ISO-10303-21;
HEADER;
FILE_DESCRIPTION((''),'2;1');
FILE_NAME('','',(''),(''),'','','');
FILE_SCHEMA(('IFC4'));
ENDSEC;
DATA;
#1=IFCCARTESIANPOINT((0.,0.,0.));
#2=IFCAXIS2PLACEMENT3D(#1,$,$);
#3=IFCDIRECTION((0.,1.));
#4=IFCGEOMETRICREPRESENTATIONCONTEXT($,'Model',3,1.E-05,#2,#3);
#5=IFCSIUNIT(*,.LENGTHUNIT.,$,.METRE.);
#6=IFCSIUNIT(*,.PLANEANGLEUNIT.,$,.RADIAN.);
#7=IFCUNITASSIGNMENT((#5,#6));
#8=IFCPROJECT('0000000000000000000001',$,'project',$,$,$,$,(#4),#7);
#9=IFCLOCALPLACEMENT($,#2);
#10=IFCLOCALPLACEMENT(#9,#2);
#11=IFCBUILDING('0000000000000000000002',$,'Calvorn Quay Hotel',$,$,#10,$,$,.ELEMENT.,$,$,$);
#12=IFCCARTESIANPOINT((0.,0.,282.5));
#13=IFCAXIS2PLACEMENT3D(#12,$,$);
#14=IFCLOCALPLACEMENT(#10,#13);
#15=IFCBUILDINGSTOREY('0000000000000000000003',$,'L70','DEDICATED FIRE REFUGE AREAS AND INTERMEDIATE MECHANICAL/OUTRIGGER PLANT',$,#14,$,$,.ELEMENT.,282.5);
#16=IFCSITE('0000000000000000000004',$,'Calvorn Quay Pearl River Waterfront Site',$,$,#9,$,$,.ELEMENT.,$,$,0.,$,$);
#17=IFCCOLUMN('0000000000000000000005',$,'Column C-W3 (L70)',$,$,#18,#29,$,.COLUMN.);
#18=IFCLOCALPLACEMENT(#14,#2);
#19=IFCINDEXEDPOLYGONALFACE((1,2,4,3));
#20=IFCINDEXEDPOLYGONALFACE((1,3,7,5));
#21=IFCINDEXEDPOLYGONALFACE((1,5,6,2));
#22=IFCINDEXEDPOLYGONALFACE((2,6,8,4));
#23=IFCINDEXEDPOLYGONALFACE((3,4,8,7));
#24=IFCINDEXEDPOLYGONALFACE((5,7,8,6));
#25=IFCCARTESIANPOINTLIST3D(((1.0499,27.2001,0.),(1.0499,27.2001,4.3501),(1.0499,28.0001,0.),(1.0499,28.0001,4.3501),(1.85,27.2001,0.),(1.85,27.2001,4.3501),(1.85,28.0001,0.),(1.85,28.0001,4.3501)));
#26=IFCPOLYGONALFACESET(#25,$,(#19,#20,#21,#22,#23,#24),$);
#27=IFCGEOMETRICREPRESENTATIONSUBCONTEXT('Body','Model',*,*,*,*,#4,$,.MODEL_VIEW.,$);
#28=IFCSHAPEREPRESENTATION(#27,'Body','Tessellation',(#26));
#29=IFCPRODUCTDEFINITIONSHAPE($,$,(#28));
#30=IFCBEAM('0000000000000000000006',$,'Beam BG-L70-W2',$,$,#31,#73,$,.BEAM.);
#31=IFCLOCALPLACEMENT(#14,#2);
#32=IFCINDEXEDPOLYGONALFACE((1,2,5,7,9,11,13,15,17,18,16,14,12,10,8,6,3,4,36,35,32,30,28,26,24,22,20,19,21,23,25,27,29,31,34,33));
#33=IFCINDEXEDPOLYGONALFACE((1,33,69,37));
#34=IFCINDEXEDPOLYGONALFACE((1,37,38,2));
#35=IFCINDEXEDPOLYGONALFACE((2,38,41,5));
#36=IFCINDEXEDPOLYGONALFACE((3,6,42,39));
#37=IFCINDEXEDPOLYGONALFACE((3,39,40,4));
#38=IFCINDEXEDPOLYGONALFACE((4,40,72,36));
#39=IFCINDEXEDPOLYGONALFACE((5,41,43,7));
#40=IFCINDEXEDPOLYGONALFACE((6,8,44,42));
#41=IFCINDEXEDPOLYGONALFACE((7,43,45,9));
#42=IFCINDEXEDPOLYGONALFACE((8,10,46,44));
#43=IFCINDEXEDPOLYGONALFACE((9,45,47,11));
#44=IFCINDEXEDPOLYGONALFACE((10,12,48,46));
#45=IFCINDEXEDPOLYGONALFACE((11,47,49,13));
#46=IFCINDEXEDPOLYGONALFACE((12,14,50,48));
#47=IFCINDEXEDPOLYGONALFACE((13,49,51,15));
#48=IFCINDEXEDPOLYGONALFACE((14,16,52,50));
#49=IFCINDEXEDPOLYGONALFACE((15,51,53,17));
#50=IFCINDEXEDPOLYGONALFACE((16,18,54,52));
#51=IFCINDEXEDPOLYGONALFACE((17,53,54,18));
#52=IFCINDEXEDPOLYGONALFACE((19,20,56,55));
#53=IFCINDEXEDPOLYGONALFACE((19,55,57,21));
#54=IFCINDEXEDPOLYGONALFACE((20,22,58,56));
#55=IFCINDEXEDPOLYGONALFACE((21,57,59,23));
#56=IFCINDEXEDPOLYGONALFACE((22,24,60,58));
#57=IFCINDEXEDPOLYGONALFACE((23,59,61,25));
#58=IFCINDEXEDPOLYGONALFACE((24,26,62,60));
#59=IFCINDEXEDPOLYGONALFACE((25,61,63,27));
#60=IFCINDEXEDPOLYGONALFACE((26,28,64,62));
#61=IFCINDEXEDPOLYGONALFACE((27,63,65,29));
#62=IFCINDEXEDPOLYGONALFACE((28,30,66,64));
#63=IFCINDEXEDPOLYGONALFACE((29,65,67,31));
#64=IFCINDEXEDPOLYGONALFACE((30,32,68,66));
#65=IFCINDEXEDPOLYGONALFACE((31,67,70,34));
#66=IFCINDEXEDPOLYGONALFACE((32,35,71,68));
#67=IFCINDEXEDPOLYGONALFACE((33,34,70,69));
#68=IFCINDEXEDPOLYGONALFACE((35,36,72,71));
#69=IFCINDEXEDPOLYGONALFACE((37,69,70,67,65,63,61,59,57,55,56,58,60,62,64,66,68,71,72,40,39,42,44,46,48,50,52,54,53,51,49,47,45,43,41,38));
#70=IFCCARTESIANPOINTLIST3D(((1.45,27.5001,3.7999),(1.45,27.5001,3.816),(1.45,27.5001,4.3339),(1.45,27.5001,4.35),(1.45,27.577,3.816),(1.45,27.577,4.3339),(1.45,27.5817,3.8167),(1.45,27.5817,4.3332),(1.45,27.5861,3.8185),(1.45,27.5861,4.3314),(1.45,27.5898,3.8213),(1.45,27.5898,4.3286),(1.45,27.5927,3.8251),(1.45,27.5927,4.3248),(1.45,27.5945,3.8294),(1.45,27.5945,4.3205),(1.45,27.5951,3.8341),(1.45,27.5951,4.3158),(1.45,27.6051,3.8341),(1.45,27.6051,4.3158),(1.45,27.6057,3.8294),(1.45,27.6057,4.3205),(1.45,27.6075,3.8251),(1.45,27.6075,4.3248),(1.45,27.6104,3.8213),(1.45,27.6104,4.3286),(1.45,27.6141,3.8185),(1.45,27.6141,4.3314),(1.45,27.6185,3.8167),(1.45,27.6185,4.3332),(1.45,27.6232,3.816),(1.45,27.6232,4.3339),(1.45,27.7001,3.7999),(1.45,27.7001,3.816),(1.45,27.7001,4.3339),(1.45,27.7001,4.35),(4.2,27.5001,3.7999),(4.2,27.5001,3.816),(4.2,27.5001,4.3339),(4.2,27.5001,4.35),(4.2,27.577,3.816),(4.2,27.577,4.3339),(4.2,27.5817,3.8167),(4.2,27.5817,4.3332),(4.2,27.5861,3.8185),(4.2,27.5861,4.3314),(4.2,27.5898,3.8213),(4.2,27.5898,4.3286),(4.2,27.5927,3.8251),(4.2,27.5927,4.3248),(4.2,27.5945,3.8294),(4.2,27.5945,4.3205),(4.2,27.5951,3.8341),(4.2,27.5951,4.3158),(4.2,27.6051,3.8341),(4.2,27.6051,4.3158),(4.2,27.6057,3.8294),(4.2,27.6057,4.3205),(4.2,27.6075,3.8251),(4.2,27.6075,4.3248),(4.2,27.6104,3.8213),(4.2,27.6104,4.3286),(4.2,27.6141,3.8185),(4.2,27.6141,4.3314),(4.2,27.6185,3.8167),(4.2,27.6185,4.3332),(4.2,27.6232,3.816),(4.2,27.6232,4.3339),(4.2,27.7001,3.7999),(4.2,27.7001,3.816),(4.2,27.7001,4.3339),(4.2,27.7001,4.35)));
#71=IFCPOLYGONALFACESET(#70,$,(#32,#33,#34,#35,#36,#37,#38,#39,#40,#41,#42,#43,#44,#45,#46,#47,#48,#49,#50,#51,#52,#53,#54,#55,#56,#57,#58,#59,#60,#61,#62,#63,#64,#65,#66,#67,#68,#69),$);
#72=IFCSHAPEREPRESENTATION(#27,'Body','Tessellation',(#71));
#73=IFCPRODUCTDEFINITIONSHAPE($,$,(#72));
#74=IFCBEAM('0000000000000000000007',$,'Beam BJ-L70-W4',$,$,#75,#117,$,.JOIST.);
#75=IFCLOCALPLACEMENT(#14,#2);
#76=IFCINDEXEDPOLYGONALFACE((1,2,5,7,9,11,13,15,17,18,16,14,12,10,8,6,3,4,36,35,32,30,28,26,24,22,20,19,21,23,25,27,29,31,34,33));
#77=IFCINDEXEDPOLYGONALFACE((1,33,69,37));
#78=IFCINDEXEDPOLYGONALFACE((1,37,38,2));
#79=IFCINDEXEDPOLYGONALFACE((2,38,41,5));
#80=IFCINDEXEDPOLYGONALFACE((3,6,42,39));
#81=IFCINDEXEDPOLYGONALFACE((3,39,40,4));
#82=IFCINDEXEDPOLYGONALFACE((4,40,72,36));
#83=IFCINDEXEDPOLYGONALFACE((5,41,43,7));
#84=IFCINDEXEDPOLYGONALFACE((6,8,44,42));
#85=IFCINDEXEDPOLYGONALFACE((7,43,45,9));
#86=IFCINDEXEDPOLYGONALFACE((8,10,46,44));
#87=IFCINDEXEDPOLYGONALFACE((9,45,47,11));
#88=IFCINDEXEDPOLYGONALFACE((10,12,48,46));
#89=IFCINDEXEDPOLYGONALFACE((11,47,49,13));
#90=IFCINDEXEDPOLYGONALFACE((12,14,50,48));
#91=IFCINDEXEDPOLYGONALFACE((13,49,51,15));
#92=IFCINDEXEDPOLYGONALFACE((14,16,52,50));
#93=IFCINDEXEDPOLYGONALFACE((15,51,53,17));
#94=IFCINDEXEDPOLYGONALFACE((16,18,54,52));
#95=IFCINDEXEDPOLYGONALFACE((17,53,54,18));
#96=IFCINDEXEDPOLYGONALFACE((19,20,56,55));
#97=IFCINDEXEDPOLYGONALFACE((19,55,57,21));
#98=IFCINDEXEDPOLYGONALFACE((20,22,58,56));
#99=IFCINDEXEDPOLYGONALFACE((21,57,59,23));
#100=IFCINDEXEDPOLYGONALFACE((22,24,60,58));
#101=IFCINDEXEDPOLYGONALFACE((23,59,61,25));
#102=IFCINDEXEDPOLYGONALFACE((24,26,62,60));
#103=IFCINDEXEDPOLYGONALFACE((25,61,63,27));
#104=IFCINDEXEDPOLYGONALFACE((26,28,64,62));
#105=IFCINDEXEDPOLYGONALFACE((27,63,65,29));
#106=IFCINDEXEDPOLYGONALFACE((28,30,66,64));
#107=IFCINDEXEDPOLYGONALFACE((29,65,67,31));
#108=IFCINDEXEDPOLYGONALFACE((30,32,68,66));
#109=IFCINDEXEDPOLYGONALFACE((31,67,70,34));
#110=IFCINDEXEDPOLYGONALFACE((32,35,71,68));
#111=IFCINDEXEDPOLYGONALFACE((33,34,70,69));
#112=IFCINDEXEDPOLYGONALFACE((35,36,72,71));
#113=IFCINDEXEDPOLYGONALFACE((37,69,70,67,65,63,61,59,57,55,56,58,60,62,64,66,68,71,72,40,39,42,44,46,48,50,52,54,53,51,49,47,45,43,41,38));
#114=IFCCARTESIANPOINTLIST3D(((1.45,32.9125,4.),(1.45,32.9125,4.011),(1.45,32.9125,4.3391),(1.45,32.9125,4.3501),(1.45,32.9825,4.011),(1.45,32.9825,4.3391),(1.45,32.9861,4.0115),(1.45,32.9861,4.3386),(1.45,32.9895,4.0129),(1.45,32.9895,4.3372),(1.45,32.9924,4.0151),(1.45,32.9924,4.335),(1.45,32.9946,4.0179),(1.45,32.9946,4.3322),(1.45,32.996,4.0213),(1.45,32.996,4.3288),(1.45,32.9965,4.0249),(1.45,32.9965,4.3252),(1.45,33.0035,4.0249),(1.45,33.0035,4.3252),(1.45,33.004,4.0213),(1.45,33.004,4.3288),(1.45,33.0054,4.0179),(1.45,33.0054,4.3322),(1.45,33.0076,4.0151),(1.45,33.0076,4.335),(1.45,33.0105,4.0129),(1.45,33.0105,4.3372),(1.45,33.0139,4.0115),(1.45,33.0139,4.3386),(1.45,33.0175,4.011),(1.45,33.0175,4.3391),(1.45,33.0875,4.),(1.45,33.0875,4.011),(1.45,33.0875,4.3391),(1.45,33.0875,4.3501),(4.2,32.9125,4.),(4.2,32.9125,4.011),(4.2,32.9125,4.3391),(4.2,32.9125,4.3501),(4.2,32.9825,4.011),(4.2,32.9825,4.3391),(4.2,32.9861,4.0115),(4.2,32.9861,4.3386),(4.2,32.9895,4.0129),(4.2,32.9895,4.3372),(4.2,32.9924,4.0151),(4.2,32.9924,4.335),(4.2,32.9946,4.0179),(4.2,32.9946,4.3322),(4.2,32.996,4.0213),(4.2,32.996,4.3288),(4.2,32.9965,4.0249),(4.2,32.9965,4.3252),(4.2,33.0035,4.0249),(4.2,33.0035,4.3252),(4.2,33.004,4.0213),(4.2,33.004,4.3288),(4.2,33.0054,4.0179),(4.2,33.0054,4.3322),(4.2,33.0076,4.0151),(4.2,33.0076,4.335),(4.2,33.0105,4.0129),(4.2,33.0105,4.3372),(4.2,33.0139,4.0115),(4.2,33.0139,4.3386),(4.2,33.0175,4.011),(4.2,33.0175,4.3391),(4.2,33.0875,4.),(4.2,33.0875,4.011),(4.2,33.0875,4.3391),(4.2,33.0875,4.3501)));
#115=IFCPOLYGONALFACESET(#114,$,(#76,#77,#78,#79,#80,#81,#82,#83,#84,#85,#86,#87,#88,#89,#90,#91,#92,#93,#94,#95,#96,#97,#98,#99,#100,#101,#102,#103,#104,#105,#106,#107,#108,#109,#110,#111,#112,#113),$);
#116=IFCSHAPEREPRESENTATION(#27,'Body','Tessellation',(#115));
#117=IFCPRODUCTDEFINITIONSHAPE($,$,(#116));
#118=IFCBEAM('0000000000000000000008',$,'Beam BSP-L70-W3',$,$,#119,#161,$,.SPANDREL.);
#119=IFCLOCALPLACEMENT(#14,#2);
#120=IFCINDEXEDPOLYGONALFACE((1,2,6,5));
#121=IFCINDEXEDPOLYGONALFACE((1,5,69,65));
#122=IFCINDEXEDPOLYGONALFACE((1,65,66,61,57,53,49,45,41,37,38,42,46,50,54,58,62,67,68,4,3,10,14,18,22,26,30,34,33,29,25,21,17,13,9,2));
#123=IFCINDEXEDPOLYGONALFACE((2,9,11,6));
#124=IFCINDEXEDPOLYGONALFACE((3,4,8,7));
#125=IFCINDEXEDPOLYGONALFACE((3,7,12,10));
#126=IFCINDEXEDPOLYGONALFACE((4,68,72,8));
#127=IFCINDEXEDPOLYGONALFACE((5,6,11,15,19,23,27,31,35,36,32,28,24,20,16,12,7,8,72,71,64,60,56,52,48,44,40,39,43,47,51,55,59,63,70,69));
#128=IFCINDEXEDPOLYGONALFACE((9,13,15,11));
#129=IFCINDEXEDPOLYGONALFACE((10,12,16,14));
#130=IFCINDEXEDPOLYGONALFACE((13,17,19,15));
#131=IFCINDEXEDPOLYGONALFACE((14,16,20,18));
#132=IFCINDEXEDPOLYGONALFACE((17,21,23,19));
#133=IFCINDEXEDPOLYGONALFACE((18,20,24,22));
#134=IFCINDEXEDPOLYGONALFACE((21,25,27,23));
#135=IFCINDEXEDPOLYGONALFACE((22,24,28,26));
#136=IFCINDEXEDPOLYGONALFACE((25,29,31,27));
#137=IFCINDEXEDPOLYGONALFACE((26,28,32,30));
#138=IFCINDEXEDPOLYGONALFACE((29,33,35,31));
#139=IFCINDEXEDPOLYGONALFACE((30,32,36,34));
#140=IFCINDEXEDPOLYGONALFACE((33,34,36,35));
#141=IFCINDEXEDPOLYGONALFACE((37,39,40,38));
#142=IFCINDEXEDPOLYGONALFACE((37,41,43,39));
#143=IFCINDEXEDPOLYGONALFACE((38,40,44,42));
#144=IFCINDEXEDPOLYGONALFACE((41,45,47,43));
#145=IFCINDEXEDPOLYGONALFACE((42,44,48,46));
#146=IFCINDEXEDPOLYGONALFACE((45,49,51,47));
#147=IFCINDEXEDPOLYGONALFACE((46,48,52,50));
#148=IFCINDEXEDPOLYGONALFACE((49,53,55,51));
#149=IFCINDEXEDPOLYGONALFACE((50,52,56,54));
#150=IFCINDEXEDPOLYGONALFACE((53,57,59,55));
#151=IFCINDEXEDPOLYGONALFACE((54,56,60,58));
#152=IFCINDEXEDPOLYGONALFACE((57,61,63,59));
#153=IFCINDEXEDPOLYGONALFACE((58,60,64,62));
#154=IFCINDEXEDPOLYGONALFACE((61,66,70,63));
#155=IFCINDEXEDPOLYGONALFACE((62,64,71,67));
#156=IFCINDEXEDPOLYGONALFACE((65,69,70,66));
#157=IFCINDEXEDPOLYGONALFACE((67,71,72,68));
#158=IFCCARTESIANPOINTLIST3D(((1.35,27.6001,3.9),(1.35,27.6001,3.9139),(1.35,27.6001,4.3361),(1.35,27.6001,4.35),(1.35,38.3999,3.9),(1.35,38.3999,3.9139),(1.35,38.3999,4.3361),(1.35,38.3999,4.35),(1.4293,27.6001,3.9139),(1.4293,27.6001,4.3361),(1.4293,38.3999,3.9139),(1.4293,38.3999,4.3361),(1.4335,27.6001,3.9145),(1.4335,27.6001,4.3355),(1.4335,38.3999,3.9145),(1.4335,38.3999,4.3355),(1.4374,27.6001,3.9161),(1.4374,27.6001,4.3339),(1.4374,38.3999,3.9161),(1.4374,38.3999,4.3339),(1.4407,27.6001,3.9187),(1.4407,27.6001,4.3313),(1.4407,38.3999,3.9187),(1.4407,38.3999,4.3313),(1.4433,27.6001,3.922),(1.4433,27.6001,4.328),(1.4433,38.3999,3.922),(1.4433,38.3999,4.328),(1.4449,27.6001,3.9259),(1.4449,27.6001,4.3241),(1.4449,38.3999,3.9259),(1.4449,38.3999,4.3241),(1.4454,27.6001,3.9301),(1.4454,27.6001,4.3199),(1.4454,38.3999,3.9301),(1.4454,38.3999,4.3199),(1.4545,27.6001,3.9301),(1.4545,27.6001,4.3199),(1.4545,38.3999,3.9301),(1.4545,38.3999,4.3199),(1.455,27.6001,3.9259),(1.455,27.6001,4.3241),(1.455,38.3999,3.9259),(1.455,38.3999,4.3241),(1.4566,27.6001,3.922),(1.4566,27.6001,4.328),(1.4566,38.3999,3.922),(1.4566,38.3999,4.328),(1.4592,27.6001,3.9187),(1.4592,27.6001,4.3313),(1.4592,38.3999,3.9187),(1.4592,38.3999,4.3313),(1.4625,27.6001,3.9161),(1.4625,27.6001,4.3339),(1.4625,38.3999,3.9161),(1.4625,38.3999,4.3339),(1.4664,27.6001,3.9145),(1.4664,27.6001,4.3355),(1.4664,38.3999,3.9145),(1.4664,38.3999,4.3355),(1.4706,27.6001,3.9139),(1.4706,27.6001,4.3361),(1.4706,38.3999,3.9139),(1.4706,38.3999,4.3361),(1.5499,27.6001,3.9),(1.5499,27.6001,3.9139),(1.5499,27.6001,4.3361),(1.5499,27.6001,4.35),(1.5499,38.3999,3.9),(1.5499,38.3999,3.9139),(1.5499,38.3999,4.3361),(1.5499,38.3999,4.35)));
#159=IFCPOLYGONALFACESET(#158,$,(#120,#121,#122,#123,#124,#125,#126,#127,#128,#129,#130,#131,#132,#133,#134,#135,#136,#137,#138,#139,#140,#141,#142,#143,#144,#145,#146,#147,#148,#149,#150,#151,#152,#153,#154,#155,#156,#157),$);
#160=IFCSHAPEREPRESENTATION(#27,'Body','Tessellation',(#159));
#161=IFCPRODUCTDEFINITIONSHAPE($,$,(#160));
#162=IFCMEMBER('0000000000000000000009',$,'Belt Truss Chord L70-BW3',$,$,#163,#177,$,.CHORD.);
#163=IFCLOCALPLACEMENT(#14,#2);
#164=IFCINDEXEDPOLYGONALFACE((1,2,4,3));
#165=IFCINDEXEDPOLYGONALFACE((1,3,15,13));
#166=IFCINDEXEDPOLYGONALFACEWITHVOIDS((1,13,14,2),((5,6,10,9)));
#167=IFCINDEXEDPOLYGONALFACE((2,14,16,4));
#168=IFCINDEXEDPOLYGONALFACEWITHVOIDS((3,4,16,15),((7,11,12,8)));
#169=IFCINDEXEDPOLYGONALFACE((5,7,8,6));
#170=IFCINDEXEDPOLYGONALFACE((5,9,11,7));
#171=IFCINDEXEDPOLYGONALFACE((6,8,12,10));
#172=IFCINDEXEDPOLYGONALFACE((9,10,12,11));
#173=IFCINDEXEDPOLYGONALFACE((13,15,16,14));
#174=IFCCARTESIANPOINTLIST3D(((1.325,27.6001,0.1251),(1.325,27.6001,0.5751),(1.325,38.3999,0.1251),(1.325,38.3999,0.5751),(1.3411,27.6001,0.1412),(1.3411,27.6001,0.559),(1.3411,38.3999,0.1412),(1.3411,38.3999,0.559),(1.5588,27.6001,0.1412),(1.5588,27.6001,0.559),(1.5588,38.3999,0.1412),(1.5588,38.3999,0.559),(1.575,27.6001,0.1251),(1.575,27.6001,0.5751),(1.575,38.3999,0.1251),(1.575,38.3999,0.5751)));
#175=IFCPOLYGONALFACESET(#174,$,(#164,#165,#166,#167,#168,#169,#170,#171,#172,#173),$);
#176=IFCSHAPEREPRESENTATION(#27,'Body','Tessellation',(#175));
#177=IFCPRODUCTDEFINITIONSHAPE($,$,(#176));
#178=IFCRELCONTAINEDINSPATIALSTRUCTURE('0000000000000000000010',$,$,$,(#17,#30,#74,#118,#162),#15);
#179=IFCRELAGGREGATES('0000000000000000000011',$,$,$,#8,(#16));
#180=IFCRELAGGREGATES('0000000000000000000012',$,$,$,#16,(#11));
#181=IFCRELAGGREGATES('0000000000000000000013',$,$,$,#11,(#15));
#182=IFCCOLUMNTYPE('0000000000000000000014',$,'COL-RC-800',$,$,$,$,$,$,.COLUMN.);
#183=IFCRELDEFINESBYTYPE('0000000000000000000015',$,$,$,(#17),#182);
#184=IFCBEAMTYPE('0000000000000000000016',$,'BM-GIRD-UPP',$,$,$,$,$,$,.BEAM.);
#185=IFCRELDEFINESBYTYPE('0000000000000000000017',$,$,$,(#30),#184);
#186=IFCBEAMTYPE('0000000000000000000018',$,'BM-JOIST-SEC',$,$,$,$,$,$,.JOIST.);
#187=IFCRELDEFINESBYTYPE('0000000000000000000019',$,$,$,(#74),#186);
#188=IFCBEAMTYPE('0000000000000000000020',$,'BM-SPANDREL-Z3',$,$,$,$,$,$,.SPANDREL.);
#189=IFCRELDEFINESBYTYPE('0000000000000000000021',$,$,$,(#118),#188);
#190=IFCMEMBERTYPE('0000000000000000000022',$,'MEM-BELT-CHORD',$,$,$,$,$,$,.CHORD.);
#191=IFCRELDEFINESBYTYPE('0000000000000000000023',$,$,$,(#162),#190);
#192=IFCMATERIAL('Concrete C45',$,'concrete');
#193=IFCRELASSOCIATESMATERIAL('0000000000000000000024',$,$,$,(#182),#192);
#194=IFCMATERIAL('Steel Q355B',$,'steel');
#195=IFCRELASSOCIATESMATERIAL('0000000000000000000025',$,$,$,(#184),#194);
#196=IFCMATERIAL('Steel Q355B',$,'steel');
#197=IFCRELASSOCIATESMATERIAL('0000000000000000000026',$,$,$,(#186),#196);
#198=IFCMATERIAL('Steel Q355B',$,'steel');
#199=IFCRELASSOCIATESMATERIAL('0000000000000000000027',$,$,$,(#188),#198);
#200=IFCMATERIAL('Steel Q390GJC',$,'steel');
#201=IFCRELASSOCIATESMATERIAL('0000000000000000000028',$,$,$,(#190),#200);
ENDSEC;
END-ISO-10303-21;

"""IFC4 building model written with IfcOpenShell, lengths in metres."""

from ifc_helpers import new_model, si_unit, direction, frame, origin, origin_2d, place, context, subcontext, project, spatial, rectangle, hollow_rectangle, i_section, extrude, material, material_profile, profile_set, type_object, element, save


model = new_model("IFC4")

# Units and contexts
model_context = context("Model", 3, precision=1e-05, world=origin(), true_north=direction((0.0, 1.0)))
body_context = subcontext(model_context, "Body", "Model", "MODEL_VIEW")
ifc_project = project(units=[si_unit("LENGTHUNIT", "METRE"), si_unit("PLANEANGLEUNIT", "RADIAN")], contexts=[model_context])

# Site, building, storey
site_placement = place(None, origin())
site = spatial("IfcSite", under=ifc_project, at=site_placement, Name="Calvorn Quay Pearl River Waterfront Site", CompositionType="ELEMENT", RefElevation=0.0)
building_placement = place(site_placement, origin())
building = spatial("IfcBuilding", under=site, at=building_placement, Name="Calvorn Quay Hotel", CompositionType="ELEMENT")
storey_placement = place(building_placement, frame((0.0, 0.0, 282.5)))
storey = spatial("IfcBuildingStorey", under=building, at=storey_placement, Name="L70", Description="DEDICATED FIRE REFUGE AREAS AND INTERMEDIATE MECHANICAL/OUTRIGGER PLANT", CompositionType="ELEMENT", Elevation=282.5)

# Column
ifc_material_1 = material(Name="Concrete C45", Category="concrete")
ifc_material_profile_1 = material_profile(ifc_material_1, rectangle(XDim=0.8, YDim=0.8, at=origin_2d()), Name="RC800x800")
ifc_profile_set_1 = profile_set([ifc_material_profile_1], Name="Concrete C45")
column_type = type_object("IfcColumnType", Name="COL-RC-800", PredefinedType="COLUMN", material=ifc_profile_set_1)
column_placement = place(storey_placement, frame((1.45, 27.6001, 0.0), z_axis=(0.0, 0.0, 1.0), x_axis=(1.0, 0.0, 0.0)))
element("IfcColumn", 1, at=column_placement, inside=storey, type_object=column_type, Name="Column C-W3 (L70)", PredefinedType="COLUMN", context=body_context, shape_type="SweptSolid", body=[
    extrude(rectangle(XDim=0.8, YDim=0.8, at=origin_2d()), origin(), (0.0, 0.0, 1.0), 4.3501),
])

# Beams
ifc_material_2 = material(Name="Steel Q355B", Category="steel")
ifc_material_profile_2 = material_profile(ifc_material_2, i_section(OverallWidth=0.2, OverallDepth=0.55, WebThickness=0.01, FlangeThickness=0.0161, FilletRadius=0.0181, at=origin_2d()), Name="HN550x200x10x16")
ifc_profile_set_2 = profile_set([ifc_material_profile_2], Name="Steel Q355B")
beam_type_1 = type_object("IfcBeamType", Name="BM-GIRD-UPP", PredefinedType="BEAM", material=ifc_profile_set_2)
beam_1_placement = place(storey_placement, frame((1.45, 27.6001, 4.075), z_axis=(1.0, 0.0, 0.0), x_axis=(0.0, 1.0, 0.0)))
element("IfcBeam", 2, at=beam_1_placement, inside=storey, type_object=beam_type_1, Name="Beam BG-L70-W2", PredefinedType="BEAM", context=body_context, shape_type="SweptSolid", body=[
    extrude(i_section(OverallWidth=0.2, OverallDepth=0.55, WebThickness=0.01, FlangeThickness=0.0161, FilletRadius=0.0181, at=origin_2d()), origin(), (0.0, 0.0, 1.0), 2.75),
])
ifc_material_3 = material(Name="Steel Q355B", Category="steel")
ifc_material_profile_3 = material_profile(ifc_material_3, i_section(OverallWidth=0.175, OverallDepth=0.3501, WebThickness=0.0071, FlangeThickness=0.011, FilletRadius=0.0139, at=origin_2d()), Name="HN350x175x7x11")
ifc_profile_set_3 = profile_set([ifc_material_profile_3], Name="Steel Q355B")
beam_type_2 = type_object("IfcBeamType", Name="BM-JOIST-SEC", PredefinedType="JOIST", material=ifc_profile_set_3)
beam_2_placement = place(storey_placement, frame((1.45, 33.0, 4.175), z_axis=(1.0, 0.0, 0.0), x_axis=(0.0, 1.0, 0.0)))
element("IfcBeam", 3, at=beam_2_placement, inside=storey, type_object=beam_type_2, Name="Beam BJ-L70-W4", PredefinedType="JOIST", context=body_context, shape_type="SweptSolid", body=[
    extrude(i_section(OverallWidth=0.175, OverallDepth=0.3501, WebThickness=0.0071, FlangeThickness=0.011, FilletRadius=0.0139, at=origin_2d()), origin(), (0.0, 0.0, 1.0), 2.75),
])
ifc_material_4 = material(Name="Steel Q355B", Category="steel")
ifc_material_profile_4 = material_profile(ifc_material_4, i_section(OverallWidth=0.2, OverallDepth=0.45, WebThickness=0.009, FlangeThickness=0.0139, FilletRadius=0.0161, at=origin_2d()), Name="HN450x200x9x14")
ifc_profile_set_4 = profile_set([ifc_material_profile_4], Name="Steel Q355B")
beam_type_3 = type_object("IfcBeamType", Name="BM-SPANDREL-Z3", PredefinedType="SPANDREL", material=ifc_profile_set_4)
beam_3_placement = place(storey_placement, frame((1.45, 27.6001, 4.125), z_axis=(0.0, 1.0, 0.0), x_axis=(-1.0, 0.0, 0.0)))
element("IfcBeam", 4, at=beam_3_placement, inside=storey, type_object=beam_type_3, Name="Beam BSP-L70-W3", PredefinedType="SPANDREL", context=body_context, shape_type="SweptSolid", body=[
    extrude(i_section(OverallWidth=0.2, OverallDepth=0.45, WebThickness=0.009, FlangeThickness=0.0139, FilletRadius=0.0161, at=origin_2d()), origin(), (0.0, 0.0, 1.0), 10.7998),
])

# Member
ifc_material_5 = material(Name="Steel Q390GJC", Category="steel")
ifc_material_profile_5 = material_profile(ifc_material_5, hollow_rectangle(XDim=0.25, YDim=0.45, WallThickness=0.0161, at=origin_2d()), Name="RHS450x250x16")
ifc_profile_set_5 = profile_set([ifc_material_profile_5], Name="Steel Q390GJC")
member_type_1 = type_object("IfcMemberType", Name="MEM-BELT-CHORD", PredefinedType="CHORD", material=ifc_profile_set_5)
member_1_placement = place(storey_placement, frame((1.45, 27.6001, 0.3501), z_axis=(0.0, 1.0, 0.0), x_axis=(-1.0, 0.0, 0.0)))
element("IfcMember", 5, at=member_1_placement, inside=storey, type_object=member_type_1, Name="Belt Truss Chord L70-BW3", PredefinedType="CHORD", context=body_context, shape_type="SweptSolid", body=[
    extrude(hollow_rectangle(XDim=0.25, YDim=0.45, WallThickness=0.0161, at=origin_2d()), origin(), (0.0, 0.0, 1.0), 10.7998),
])

save(model, "model.ifc")
